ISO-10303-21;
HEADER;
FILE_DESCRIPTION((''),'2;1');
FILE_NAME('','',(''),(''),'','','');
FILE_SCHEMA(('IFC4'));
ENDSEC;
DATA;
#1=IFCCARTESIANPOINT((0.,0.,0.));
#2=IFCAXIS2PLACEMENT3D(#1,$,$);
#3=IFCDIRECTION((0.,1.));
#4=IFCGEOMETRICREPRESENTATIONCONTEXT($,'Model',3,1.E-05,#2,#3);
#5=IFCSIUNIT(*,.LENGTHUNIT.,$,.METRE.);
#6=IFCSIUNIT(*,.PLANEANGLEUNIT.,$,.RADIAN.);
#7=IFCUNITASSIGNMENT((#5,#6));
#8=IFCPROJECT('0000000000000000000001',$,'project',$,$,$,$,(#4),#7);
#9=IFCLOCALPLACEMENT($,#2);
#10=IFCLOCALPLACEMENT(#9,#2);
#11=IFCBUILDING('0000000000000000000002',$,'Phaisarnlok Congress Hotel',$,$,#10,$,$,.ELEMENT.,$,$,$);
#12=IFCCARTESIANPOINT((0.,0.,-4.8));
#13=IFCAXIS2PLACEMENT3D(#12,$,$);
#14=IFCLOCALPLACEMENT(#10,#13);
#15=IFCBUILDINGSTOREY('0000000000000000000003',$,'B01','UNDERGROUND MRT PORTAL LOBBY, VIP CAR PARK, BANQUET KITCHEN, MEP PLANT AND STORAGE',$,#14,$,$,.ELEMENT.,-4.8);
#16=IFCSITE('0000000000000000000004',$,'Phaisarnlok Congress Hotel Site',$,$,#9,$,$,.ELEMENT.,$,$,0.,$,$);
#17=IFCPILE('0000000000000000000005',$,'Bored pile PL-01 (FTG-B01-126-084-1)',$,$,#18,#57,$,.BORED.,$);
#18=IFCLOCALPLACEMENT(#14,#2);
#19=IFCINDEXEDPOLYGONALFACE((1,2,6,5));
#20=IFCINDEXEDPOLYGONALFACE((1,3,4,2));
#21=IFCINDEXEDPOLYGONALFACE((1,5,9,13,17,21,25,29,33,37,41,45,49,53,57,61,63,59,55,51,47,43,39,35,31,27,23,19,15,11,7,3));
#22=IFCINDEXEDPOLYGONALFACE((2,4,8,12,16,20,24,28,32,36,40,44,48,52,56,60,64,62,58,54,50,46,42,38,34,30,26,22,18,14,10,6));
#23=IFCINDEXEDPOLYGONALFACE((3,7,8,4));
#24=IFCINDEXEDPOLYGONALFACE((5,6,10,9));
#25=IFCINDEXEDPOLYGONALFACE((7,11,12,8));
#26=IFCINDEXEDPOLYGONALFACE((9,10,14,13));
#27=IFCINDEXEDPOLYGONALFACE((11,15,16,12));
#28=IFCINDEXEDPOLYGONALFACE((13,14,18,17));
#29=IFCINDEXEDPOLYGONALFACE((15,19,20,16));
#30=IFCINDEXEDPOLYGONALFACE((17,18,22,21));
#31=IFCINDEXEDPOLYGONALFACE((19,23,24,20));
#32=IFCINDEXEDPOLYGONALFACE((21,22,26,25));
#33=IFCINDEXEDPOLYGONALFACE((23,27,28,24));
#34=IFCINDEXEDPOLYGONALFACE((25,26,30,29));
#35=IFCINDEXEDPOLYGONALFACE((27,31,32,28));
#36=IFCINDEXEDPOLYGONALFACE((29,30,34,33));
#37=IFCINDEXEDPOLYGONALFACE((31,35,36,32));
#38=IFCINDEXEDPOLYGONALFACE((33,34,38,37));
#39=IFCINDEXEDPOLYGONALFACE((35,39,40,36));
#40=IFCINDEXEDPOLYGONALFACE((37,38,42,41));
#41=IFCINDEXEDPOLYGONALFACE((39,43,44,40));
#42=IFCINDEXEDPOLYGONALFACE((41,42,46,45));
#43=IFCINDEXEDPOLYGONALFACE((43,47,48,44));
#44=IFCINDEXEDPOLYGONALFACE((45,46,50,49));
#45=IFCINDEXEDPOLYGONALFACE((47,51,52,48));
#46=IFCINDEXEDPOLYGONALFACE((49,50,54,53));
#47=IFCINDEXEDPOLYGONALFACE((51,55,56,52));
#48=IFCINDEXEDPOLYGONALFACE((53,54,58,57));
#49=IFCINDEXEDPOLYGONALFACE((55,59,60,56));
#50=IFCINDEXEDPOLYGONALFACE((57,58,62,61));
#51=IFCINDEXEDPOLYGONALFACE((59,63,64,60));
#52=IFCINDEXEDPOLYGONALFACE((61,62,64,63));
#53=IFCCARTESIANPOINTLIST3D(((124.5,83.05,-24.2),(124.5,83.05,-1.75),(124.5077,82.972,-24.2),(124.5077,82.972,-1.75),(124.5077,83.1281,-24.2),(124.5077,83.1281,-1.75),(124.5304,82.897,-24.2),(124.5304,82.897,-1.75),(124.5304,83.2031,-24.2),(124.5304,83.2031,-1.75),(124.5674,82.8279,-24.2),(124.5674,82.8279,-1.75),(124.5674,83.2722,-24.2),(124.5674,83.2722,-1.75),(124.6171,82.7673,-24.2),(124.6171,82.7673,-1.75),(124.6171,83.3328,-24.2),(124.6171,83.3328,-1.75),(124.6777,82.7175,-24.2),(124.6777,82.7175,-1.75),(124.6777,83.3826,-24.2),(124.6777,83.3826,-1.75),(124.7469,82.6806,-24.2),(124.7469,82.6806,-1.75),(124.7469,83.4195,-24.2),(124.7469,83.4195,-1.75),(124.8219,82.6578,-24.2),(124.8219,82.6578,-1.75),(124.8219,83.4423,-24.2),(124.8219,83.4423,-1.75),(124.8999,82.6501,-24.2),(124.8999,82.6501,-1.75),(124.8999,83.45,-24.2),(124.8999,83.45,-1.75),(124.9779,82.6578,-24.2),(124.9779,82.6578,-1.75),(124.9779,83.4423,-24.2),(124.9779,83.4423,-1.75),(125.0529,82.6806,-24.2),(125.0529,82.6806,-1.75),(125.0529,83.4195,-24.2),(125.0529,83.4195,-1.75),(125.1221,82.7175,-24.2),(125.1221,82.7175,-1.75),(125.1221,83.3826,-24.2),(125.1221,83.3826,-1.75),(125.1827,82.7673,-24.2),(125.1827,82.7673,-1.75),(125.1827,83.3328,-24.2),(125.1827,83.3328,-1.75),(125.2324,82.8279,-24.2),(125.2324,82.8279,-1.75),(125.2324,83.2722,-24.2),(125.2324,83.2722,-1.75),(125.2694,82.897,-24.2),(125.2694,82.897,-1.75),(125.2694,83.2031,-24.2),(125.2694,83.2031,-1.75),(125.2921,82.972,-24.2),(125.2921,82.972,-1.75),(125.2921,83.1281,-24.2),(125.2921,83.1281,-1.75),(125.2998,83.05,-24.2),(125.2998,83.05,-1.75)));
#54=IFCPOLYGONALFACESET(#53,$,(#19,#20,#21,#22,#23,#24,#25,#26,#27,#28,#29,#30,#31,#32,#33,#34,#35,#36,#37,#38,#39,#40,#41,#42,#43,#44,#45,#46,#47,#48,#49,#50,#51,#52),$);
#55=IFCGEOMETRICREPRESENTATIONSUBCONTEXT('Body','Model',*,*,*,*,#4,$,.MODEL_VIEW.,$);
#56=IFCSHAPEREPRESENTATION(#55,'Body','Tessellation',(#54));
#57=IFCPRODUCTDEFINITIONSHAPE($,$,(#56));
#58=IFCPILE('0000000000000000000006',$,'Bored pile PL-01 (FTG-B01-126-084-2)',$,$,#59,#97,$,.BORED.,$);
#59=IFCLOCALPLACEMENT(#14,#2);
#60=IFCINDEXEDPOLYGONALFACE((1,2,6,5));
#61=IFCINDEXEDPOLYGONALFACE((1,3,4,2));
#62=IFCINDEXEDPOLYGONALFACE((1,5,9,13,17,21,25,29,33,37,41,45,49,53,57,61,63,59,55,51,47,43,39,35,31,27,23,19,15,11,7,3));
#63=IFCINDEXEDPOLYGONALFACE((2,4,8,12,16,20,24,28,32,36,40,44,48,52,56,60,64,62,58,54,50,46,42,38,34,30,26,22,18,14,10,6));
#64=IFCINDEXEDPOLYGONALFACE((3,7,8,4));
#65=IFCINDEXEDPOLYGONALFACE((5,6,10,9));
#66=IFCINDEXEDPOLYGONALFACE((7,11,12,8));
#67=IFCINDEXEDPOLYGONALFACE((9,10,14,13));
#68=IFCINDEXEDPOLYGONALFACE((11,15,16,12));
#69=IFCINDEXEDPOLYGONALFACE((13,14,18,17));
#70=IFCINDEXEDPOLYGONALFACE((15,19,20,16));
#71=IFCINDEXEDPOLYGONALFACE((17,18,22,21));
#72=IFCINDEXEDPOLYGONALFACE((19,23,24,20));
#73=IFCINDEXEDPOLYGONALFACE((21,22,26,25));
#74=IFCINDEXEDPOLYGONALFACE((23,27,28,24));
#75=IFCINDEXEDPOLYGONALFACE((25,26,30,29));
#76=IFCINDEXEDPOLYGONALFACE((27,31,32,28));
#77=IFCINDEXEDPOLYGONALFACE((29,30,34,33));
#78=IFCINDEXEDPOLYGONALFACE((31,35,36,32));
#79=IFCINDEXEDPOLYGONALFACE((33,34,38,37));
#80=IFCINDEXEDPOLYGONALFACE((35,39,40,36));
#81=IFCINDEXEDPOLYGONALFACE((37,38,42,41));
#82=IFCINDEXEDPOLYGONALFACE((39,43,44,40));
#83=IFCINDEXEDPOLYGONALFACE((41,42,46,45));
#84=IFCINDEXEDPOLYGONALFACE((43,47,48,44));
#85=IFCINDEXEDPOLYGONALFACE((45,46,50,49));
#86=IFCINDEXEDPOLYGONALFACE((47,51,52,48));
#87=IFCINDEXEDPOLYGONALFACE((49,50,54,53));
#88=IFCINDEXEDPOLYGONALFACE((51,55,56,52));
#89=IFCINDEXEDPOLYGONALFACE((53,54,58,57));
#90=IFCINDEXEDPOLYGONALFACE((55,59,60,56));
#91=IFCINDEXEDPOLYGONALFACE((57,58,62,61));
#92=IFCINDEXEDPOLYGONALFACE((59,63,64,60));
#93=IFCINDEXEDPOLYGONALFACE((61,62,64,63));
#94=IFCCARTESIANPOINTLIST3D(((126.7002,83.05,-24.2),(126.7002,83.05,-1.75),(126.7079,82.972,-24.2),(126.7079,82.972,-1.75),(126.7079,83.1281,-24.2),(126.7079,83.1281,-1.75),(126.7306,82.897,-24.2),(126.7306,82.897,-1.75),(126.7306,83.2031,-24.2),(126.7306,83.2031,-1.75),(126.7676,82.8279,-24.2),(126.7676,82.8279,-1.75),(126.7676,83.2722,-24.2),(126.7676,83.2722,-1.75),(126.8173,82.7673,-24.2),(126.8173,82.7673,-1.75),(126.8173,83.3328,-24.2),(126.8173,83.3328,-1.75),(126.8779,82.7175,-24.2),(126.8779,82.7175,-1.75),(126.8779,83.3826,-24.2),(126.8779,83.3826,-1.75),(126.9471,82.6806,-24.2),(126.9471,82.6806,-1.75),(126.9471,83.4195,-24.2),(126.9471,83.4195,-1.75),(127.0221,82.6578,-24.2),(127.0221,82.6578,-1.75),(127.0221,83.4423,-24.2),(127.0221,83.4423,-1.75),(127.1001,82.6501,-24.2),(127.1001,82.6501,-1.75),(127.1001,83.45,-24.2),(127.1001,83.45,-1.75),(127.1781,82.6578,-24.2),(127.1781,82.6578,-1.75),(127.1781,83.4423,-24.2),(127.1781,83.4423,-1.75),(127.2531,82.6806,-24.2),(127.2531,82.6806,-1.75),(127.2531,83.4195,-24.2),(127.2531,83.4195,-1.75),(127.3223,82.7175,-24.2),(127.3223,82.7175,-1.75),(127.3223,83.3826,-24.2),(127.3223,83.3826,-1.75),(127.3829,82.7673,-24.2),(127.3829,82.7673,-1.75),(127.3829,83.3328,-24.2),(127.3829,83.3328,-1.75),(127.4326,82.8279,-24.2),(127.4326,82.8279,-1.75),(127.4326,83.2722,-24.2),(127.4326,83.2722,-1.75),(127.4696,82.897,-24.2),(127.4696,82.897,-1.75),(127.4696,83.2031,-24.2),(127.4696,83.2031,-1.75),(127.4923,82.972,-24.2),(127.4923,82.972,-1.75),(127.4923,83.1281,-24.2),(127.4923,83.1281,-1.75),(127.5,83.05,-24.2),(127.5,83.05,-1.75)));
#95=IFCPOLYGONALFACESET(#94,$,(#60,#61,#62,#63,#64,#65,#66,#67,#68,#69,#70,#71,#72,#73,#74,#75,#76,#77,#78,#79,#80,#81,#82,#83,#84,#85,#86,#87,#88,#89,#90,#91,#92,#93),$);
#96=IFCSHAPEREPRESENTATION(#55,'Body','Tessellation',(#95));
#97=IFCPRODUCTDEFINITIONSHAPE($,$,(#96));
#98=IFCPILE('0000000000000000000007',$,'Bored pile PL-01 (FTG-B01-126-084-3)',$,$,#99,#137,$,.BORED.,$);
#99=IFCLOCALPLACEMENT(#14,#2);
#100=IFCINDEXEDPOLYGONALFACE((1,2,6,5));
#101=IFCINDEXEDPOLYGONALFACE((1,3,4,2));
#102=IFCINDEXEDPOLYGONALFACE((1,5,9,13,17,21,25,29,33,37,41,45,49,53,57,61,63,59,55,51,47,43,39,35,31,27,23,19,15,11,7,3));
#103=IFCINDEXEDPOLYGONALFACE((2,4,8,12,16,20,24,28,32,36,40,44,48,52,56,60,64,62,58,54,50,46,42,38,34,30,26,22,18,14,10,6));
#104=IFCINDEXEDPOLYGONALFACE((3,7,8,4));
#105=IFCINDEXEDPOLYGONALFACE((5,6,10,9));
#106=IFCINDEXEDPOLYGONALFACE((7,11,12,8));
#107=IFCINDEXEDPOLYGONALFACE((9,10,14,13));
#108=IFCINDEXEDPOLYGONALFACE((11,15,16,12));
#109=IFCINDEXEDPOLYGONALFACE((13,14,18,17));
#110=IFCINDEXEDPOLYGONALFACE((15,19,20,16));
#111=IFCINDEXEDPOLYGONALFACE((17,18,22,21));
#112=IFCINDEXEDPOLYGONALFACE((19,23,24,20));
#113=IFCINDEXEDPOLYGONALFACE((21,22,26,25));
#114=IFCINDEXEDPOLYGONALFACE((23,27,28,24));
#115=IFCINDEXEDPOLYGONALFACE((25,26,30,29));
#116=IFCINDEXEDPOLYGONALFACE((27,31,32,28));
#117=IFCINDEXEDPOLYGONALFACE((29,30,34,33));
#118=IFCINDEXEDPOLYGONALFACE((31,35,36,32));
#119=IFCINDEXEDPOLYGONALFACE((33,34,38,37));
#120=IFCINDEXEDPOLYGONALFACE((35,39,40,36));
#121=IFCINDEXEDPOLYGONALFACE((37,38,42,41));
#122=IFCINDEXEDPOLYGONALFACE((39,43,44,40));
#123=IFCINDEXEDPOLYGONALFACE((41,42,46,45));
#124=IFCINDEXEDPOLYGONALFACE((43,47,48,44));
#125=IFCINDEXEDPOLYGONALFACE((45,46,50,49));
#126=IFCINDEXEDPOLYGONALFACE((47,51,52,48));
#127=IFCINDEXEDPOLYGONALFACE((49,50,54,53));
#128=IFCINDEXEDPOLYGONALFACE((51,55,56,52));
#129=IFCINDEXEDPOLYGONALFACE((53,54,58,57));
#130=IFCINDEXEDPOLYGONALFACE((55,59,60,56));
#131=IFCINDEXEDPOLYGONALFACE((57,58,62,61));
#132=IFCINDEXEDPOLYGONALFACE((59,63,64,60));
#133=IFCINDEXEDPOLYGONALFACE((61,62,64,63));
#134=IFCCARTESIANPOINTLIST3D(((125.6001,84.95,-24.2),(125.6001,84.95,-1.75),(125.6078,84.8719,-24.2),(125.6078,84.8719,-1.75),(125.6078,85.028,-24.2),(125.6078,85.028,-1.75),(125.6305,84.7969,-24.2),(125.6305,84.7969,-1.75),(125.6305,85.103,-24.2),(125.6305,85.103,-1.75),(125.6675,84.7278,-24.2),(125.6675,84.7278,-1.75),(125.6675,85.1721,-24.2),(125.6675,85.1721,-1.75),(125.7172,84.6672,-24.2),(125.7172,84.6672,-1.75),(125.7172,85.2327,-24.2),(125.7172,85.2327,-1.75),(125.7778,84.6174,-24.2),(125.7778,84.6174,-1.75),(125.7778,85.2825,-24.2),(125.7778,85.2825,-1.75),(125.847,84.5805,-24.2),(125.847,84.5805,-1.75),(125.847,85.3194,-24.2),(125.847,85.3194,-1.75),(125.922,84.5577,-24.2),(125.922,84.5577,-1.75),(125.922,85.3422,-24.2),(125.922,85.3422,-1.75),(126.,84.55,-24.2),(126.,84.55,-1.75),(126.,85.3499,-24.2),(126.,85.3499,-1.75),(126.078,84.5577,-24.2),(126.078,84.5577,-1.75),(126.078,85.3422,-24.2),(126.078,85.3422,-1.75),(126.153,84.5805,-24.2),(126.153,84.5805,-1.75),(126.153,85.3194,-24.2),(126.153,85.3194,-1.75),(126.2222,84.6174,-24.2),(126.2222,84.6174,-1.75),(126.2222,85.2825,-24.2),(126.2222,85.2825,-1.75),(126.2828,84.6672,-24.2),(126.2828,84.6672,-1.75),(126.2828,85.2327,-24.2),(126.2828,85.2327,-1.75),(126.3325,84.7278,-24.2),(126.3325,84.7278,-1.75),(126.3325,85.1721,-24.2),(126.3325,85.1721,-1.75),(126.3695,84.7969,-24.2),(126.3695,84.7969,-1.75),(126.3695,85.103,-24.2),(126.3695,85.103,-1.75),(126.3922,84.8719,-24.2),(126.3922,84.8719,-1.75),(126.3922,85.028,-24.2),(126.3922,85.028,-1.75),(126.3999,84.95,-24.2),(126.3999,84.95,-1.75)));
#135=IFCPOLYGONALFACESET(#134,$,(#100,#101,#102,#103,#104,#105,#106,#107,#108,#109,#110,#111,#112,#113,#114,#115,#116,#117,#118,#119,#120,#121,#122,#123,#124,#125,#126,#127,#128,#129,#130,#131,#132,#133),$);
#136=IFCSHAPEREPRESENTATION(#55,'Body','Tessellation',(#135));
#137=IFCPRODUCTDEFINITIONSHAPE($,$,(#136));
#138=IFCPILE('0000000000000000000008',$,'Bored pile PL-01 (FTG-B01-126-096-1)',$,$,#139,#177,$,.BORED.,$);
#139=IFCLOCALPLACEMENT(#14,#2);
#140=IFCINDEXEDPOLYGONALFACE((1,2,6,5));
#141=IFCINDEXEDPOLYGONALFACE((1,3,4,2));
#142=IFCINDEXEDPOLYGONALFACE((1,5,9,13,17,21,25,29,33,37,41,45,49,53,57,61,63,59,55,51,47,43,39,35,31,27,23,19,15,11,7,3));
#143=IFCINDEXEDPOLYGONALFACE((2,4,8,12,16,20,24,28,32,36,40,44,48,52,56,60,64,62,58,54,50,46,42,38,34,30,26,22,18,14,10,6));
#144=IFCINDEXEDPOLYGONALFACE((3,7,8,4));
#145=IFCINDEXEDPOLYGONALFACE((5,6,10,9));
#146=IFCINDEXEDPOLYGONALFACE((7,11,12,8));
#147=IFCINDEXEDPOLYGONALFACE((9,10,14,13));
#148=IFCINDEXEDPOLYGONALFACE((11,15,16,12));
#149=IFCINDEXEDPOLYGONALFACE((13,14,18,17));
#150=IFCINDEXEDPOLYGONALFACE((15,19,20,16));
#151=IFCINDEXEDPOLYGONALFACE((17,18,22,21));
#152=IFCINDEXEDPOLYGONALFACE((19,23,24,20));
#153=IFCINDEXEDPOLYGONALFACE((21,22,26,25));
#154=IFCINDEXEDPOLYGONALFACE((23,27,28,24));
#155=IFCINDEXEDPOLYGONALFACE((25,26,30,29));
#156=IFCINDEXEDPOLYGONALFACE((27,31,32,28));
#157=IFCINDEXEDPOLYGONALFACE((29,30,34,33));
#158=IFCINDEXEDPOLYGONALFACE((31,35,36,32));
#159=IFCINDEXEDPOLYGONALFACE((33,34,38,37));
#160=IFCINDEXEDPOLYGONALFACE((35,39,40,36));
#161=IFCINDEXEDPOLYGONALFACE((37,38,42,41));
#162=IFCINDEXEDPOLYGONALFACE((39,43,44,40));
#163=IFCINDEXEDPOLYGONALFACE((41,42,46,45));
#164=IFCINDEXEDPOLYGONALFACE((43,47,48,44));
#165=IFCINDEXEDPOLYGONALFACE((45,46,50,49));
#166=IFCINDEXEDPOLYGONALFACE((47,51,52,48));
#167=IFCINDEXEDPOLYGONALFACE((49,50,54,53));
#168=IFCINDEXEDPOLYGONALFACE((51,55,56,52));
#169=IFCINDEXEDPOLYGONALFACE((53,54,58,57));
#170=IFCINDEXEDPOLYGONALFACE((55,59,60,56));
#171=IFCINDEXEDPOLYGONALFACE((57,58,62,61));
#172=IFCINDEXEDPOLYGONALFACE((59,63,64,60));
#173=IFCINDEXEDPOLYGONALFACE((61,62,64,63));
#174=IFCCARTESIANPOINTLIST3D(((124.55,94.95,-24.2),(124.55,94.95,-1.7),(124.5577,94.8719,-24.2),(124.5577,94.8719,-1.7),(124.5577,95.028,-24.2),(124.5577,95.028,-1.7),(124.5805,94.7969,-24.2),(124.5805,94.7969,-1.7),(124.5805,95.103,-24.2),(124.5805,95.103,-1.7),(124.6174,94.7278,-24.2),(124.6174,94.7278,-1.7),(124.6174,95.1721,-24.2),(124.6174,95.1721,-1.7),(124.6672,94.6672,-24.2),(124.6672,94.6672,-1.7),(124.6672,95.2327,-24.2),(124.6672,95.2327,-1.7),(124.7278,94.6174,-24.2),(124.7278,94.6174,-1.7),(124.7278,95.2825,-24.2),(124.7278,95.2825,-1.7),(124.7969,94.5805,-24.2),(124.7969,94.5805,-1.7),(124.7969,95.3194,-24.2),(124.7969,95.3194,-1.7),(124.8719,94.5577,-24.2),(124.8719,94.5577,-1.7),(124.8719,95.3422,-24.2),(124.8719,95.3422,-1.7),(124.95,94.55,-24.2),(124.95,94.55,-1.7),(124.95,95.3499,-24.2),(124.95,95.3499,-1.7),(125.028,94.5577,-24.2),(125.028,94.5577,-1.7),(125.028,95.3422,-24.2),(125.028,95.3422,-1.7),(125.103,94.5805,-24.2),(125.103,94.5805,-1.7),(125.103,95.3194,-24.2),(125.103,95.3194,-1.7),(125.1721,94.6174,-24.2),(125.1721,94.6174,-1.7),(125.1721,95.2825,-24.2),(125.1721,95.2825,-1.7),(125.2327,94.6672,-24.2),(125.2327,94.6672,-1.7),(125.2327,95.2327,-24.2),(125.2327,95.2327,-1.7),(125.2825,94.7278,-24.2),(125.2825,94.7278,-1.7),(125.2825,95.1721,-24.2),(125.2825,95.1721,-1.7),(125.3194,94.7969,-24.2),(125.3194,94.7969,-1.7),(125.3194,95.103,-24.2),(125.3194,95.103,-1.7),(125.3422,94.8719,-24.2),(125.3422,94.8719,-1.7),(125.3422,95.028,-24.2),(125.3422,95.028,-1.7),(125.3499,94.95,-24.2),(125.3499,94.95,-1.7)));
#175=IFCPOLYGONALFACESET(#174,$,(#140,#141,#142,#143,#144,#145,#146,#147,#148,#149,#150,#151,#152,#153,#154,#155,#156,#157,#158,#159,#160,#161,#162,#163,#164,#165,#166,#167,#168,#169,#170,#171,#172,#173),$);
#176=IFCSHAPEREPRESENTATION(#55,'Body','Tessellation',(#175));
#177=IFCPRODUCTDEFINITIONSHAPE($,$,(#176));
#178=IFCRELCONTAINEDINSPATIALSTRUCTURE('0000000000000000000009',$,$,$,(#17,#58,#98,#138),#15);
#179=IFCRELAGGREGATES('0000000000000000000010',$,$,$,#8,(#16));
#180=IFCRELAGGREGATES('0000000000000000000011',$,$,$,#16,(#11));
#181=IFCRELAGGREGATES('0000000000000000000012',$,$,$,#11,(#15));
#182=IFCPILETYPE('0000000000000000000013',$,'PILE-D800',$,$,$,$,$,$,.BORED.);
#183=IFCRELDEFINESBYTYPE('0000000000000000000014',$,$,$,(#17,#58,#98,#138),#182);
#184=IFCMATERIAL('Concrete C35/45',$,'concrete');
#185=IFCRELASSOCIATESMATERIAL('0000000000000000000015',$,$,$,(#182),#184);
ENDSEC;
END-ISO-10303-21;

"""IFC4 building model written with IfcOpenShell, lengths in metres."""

from ifc_helpers import new_model, si_unit, direction, frame, origin, origin_2d, place, context, subcontext, project, spatial, circle, extrude, material, material_profile, profile_set, type_object, element, save


model = new_model("IFC4")

# Units and contexts
model_context = context("Model", 3, precision=1e-05, world=origin(), true_north=direction((0.0, 1.0)))
body_context = subcontext(model_context, "Body", "Model", "MODEL_VIEW")
ifc_project = project(units=[si_unit("LENGTHUNIT", "METRE"), si_unit("PLANEANGLEUNIT", "RADIAN")], contexts=[model_context])

# Site, building, storey
site_placement = place(None, origin())
site = spatial("IfcSite", under=ifc_project, at=site_placement, Name="Phaisarnlok Congress Hotel Site", CompositionType="ELEMENT", RefElevation=0.0)
building_placement = place(site_placement, origin())
building = spatial("IfcBuilding", under=site, at=building_placement, Name="Phaisarnlok Congress Hotel", CompositionType="ELEMENT")
storey_placement = place(building_placement, frame((0.0, 0.0, -4.8)))
storey = spatial("IfcBuildingStorey", under=building, at=storey_placement, Name="B01", Description="UNDERGROUND MRT PORTAL LOBBY, VIP CAR PARK, BANQUET KITCHEN, MEP PLANT AND STORAGE", CompositionType="ELEMENT", Elevation=-4.8)

# Piles
ifc_material_1 = material(Name="Concrete C35/45", Category="concrete")
ifc_material_profile_1 = material_profile(ifc_material_1, circle(Radius=0.3999, at=origin_2d()), Name="BORED PILE D800")
ifc_profile_set_1 = profile_set([ifc_material_profile_1], Name="Concrete C35/45")
pile_type_1 = type_object("IfcPileType", Name="PILE-D800", PredefinedType="BORED", material=ifc_profile_set_1)
for number, where, z_axis, x_axis, name in (
    (1, (124.8999, 83.05, -1.75), (0.0, 0.0, -1.0), (1.0, 0.0, 0.0), "Bored pile PL-01 (FTG-B01-126-084-1)"),
    (2, (127.1001, 83.05, -1.75), (0.0, 0.0, -1.0), (1.0, 0.0, 0.0), "Bored pile PL-01 (FTG-B01-126-084-2)"),
    (3, (126.0, 84.95, -1.75), (0.0, 0.0, -1.0), (1.0, 0.0, 0.0), "Bored pile PL-01 (FTG-B01-126-084-3)"),
):
    element("IfcPile", number, at=place(storey_placement, frame(where, z_axis=z_axis, x_axis=x_axis)), inside=storey, type_object=pile_type_1, Name=name, PredefinedType="BORED", context=body_context, shape_type="SweptSolid", body=[
        extrude(circle(Radius=0.3999, at=origin_2d()), origin(), (0.0, 0.0, 1.0), 22.45),
    ])
for number, where, z_axis, x_axis, name in (
    (4, (124.95, 94.95, -1.7), (0.0, 0.0, -1.0), (1.0, 0.0, 0.0), "Bored pile PL-01 (FTG-B01-126-096-1)"),
):
    element("IfcPile", number, at=place(storey_placement, frame(where, z_axis=z_axis, x_axis=x_axis)), inside=storey, type_object=pile_type_1, Name=name, PredefinedType="BORED", context=body_context, shape_type="SweptSolid", body=[
        extrude(circle(Radius=0.3999, at=origin_2d()), origin(), (0.0, 0.0, 1.0), 22.5),
    ])

save(model, "model.ifc")
